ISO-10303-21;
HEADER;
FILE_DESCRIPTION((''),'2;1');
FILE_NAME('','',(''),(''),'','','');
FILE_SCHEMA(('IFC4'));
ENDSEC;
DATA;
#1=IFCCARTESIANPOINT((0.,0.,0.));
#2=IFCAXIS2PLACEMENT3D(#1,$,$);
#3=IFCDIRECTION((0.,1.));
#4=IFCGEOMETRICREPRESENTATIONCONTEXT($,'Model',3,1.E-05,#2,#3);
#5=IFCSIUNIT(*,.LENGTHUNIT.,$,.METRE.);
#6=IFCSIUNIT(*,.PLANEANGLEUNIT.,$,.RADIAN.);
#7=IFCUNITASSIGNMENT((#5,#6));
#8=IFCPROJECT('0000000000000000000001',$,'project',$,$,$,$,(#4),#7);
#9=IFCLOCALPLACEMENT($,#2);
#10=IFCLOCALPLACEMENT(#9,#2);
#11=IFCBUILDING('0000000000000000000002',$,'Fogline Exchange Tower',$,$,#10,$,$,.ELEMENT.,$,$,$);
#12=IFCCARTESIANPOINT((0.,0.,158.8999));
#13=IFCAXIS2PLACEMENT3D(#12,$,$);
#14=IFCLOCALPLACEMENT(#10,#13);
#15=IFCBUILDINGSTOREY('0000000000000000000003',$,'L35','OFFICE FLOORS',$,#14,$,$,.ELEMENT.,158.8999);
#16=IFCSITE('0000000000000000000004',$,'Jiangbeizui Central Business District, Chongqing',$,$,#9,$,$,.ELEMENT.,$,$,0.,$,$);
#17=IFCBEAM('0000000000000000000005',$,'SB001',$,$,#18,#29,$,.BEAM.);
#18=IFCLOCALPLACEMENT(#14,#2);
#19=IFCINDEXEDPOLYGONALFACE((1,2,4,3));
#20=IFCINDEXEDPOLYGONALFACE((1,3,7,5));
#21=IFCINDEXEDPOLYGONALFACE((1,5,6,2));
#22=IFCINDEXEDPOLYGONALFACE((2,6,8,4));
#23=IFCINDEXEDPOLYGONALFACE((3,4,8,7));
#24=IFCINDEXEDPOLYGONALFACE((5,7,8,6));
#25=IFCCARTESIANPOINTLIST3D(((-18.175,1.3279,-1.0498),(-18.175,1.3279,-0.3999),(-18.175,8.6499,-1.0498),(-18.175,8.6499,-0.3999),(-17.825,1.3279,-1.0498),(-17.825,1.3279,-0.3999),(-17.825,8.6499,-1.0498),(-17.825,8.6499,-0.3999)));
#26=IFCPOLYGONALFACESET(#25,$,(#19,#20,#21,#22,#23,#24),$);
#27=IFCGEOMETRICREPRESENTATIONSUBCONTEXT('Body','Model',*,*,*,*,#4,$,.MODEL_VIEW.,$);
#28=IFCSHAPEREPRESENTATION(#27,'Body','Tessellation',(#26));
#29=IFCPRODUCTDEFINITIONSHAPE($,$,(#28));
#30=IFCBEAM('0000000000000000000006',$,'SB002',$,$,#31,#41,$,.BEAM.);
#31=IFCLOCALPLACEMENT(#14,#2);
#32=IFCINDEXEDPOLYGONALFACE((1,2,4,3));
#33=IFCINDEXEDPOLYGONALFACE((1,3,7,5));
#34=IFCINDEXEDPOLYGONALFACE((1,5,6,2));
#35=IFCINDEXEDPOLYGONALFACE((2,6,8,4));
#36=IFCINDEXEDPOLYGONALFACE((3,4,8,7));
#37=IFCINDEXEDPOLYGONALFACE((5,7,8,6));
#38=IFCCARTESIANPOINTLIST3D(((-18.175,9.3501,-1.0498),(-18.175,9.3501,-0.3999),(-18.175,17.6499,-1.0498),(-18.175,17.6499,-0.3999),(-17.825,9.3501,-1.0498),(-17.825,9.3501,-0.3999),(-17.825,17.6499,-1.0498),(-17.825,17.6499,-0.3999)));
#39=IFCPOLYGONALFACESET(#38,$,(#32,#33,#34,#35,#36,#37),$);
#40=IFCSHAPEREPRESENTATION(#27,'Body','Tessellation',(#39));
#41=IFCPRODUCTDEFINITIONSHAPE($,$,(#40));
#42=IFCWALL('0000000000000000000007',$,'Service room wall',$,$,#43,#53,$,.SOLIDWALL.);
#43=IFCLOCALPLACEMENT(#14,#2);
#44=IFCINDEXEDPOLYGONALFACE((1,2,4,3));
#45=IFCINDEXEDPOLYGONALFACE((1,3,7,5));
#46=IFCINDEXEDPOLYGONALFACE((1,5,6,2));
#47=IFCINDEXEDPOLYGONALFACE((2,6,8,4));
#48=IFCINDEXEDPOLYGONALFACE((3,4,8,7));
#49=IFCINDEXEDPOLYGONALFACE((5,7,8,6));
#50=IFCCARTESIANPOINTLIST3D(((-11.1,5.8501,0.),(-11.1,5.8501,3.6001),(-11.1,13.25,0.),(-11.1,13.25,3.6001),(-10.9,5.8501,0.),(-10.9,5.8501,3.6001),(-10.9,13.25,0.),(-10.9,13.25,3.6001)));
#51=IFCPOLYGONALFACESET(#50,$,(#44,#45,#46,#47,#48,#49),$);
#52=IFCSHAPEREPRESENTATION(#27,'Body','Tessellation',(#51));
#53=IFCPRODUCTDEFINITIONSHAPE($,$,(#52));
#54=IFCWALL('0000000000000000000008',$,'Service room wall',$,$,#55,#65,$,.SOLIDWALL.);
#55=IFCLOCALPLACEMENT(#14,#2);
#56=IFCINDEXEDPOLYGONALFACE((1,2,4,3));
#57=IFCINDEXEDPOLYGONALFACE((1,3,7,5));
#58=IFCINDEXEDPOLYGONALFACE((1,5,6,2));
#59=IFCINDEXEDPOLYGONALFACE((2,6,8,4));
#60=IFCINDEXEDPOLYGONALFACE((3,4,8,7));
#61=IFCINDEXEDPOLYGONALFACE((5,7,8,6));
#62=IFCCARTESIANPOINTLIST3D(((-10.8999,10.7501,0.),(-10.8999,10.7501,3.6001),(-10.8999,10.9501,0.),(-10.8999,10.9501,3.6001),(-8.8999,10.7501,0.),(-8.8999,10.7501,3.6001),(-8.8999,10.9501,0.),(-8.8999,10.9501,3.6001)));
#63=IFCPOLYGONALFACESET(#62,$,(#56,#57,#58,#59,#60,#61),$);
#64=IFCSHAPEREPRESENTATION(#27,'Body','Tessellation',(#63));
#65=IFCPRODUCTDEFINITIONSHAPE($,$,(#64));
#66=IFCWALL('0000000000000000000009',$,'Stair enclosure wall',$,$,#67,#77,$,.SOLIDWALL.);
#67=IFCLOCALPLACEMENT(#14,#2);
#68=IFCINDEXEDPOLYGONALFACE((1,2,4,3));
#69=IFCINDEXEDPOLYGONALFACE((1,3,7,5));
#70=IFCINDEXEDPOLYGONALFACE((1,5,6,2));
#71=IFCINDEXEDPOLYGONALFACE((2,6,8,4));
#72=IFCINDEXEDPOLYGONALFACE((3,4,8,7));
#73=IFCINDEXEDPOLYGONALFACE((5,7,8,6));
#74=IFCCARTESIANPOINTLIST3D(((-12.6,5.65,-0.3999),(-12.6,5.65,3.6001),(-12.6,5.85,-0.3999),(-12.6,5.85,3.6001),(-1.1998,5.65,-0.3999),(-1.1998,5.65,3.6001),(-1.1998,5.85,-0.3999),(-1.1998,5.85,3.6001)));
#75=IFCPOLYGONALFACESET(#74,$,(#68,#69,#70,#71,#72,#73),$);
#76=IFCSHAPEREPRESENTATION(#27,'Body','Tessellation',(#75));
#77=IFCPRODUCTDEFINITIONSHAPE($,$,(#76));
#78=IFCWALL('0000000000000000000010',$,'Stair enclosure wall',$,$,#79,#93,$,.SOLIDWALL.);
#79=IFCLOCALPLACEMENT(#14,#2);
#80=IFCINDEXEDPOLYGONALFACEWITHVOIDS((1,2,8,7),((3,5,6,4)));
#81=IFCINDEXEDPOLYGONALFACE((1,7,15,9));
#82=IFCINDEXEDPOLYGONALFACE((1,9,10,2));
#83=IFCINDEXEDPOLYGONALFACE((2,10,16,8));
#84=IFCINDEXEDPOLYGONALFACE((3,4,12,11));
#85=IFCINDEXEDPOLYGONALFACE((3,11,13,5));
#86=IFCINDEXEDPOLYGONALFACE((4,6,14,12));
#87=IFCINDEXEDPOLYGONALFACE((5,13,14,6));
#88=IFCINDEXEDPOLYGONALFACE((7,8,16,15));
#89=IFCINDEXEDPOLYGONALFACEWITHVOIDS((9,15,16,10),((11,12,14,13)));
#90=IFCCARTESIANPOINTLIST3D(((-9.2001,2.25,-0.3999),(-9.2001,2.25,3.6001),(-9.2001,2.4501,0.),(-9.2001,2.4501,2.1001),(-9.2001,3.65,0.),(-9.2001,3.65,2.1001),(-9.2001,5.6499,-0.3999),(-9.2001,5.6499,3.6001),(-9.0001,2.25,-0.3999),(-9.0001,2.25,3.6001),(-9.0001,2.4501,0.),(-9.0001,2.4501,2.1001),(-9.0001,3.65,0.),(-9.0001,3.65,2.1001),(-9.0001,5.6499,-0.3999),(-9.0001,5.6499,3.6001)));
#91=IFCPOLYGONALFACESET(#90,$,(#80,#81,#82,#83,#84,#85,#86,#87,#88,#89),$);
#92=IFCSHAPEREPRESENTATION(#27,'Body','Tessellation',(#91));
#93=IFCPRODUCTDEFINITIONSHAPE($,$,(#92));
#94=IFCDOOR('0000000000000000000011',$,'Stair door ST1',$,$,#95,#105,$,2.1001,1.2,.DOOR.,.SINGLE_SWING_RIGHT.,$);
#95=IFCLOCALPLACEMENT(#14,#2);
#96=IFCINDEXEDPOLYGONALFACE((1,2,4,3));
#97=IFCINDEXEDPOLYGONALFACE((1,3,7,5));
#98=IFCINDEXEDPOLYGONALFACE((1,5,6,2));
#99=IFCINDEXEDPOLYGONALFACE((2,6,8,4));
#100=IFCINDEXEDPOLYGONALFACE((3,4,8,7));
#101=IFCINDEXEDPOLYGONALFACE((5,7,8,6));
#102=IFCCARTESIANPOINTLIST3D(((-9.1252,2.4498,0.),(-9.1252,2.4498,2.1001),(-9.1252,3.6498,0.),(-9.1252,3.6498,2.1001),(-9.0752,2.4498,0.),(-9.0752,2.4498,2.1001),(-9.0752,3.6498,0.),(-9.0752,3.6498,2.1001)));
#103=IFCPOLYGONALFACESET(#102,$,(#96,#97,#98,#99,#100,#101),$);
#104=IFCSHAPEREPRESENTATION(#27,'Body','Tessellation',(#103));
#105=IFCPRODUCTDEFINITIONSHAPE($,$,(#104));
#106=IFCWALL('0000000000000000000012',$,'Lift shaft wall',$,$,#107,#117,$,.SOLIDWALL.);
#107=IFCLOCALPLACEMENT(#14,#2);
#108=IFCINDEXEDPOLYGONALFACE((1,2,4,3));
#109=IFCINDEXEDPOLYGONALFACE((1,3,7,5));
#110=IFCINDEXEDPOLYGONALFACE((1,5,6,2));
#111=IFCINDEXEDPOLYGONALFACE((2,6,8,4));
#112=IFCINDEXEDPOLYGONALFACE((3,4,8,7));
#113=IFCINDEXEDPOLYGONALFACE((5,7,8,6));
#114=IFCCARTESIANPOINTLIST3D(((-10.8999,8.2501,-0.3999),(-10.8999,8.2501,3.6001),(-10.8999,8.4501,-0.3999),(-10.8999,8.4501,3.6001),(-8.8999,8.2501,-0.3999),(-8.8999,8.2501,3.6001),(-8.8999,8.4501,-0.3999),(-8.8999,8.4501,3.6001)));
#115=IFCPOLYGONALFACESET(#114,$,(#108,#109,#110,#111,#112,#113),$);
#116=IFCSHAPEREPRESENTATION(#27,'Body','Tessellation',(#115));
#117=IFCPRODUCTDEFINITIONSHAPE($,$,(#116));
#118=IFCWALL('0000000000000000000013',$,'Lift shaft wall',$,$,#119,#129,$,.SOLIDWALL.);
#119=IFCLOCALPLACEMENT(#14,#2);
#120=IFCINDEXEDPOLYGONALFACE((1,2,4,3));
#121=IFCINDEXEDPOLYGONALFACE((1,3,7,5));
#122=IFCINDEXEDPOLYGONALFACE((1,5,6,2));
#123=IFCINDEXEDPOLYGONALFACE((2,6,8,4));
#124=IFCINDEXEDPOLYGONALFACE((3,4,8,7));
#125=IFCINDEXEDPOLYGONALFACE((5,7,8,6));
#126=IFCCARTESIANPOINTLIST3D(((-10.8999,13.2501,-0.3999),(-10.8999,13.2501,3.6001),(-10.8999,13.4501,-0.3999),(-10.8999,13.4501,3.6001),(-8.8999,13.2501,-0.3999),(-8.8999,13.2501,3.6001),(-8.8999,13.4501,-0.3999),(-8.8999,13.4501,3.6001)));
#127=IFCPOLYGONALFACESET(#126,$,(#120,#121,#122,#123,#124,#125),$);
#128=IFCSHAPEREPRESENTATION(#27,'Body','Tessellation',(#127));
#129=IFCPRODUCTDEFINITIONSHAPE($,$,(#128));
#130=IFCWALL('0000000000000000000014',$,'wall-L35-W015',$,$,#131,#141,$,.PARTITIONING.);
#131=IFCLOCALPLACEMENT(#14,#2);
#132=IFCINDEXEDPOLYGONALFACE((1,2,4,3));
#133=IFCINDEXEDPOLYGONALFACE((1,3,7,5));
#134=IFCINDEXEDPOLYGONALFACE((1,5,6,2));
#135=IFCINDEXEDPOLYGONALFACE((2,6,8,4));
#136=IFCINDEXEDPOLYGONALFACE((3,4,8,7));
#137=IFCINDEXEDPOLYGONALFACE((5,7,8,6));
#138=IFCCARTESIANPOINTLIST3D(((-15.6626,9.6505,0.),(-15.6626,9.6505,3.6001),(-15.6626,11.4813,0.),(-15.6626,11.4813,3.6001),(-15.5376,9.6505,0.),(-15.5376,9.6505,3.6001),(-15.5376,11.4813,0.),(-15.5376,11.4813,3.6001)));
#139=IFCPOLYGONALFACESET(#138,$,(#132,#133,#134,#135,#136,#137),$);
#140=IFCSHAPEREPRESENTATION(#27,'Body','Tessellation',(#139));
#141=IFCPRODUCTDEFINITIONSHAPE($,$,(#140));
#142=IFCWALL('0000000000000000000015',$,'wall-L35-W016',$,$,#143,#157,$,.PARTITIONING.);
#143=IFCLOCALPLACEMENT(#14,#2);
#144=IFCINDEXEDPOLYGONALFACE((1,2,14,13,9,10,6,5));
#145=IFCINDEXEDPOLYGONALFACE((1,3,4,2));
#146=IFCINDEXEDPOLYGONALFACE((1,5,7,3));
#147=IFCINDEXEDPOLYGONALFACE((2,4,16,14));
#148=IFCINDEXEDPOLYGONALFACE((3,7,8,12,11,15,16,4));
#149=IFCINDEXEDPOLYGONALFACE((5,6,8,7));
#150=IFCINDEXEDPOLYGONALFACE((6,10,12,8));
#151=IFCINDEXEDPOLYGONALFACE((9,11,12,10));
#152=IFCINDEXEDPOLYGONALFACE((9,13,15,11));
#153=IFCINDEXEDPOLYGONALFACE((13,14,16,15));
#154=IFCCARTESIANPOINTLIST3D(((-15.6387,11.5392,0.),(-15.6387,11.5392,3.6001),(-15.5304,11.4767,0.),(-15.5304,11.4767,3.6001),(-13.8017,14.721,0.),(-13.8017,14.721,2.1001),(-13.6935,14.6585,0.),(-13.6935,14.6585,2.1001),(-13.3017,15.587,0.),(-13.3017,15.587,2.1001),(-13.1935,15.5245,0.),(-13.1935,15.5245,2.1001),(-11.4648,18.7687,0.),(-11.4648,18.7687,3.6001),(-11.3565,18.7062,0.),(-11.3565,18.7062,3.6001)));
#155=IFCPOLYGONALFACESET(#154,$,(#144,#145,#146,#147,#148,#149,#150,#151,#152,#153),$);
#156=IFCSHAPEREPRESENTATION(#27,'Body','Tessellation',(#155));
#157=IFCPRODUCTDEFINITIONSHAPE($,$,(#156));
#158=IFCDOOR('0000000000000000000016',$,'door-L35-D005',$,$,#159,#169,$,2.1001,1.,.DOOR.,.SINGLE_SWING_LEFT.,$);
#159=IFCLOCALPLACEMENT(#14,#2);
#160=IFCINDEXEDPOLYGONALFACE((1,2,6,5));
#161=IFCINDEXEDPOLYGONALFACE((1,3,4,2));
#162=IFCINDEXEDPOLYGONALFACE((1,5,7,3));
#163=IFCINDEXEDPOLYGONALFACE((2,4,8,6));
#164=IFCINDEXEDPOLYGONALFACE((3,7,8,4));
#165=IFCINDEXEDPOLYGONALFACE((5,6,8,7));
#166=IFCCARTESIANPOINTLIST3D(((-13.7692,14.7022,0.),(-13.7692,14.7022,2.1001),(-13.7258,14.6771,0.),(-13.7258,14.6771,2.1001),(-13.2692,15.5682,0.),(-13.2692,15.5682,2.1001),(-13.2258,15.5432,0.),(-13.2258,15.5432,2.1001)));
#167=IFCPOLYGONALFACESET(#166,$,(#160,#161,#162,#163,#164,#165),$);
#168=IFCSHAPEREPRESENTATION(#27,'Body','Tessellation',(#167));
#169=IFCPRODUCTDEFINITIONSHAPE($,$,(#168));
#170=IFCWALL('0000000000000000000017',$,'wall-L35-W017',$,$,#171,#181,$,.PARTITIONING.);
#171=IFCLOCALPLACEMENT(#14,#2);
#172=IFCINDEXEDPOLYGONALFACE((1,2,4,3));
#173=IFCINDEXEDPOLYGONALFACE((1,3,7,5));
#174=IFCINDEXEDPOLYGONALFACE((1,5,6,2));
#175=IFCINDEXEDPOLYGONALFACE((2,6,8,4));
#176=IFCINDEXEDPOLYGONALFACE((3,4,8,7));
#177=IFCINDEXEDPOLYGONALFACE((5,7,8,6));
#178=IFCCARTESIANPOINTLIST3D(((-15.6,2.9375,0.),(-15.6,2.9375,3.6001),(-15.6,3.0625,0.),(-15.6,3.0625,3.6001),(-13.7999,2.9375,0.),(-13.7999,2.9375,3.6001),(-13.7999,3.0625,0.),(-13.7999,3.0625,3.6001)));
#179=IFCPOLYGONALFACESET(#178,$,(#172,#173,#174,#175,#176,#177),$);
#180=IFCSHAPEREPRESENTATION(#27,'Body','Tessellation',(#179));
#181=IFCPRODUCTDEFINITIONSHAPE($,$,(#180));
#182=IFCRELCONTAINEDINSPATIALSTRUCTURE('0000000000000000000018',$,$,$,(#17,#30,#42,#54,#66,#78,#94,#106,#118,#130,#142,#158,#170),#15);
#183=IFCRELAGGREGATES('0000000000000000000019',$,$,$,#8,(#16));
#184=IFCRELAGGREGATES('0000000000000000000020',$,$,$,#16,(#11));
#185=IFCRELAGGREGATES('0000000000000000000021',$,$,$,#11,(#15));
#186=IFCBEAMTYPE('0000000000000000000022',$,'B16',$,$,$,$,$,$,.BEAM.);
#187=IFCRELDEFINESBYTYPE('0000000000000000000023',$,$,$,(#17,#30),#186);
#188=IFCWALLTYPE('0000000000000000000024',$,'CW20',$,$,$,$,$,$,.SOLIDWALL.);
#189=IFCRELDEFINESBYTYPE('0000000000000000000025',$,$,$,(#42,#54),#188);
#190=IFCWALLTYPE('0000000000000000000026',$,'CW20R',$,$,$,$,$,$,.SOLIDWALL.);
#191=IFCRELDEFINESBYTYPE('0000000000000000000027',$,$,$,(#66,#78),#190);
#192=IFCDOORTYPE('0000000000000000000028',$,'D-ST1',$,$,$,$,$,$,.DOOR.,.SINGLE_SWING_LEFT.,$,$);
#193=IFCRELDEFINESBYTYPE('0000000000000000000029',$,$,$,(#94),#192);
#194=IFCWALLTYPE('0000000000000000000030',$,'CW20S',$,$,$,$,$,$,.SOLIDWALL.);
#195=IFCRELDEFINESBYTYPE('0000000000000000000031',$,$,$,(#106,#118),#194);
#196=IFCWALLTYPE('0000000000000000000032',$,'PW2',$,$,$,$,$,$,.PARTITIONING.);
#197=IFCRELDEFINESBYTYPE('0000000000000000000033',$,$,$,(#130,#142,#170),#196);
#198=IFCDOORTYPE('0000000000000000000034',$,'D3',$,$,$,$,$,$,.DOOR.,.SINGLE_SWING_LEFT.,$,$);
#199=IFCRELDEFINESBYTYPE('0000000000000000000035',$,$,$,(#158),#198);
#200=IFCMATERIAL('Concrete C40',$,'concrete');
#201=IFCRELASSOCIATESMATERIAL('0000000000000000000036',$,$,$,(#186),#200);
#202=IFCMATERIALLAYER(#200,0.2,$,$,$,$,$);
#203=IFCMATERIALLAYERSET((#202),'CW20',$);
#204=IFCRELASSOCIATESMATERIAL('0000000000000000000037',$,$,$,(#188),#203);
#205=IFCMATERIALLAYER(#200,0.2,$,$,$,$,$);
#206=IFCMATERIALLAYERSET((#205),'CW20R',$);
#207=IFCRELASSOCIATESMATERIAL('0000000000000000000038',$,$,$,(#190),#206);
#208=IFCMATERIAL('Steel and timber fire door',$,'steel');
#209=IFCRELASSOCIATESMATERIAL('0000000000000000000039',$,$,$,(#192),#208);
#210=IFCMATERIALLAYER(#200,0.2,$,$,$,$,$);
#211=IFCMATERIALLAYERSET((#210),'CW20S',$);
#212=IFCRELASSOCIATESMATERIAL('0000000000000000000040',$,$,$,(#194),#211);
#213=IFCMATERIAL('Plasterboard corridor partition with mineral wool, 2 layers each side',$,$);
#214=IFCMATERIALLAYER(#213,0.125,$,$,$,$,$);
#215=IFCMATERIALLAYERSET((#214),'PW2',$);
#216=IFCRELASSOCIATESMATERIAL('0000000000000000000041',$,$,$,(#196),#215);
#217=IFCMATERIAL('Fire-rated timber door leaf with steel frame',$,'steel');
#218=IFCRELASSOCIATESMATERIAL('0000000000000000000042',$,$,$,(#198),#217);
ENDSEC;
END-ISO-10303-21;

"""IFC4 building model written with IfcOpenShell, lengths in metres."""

from ifc_helpers import new_model, si_unit, direction, frame, frame_2d, origin, origin_2d, place, context, subcontext, project, spatial, rectangle, extrude, material, layer, layer_set, material_profile, profile_set, type_object, element, fill, save


model = new_model("IFC4")

# Units and contexts
model_context = context("Model", 3, precision=1e-05, world=origin(), true_north=direction((0.0, 1.0)))
body_context = subcontext(model_context, "Body", "Model", "MODEL_VIEW")
ifc_project = project(units=[si_unit("LENGTHUNIT", "METRE"), si_unit("PLANEANGLEUNIT", "RADIAN")], contexts=[model_context])

# Site, building, storey
site_placement = place(None, origin())
site = spatial("IfcSite", under=ifc_project, at=site_placement, Name="Jiangbeizui Central Business District, Chongqing", CompositionType="ELEMENT", RefElevation=0.0)
building_placement = place(site_placement, origin())
building = spatial("IfcBuilding", under=site, at=building_placement, Name="Fogline Exchange Tower", CompositionType="ELEMENT")
storey_placement = place(building_placement, frame((0.0, 0.0, 158.8999)))
storey = spatial("IfcBuildingStorey", under=building, at=storey_placement, Name="L35", Description="OFFICE FLOORS", CompositionType="ELEMENT", Elevation=158.8999)

# Beams
ifc_material_1 = material(Name="Concrete C40", Category="concrete")
ifc_material_profile = material_profile(ifc_material_1, rectangle(XDim=0.3501, YDim=0.6499, at=origin_2d()), Name="RC 350x650")
ifc_profile_set = profile_set([ifc_material_profile], Name="Concrete C40")
beam_type = type_object("IfcBeamType", Name="B16", PredefinedType="BEAM", material=ifc_profile_set)
beam_1_placement = place(storey_placement, frame((-18.0, 1.3279, -0.7249), z_axis=(0.0, 1.0, 0.0), x_axis=(-1.0, 0.0, 0.0)))
element("IfcBeam", 1, at=beam_1_placement, inside=storey, type_object=beam_type, Name="SB001", PredefinedType="BEAM", context=body_context, shape_type="SweptSolid", body=[
    extrude(rectangle(XDim=0.3501, YDim=0.6499, at=origin_2d()), origin(), (0.0, 0.0, 1.0), 7.322),
])
beam_2_placement = place(storey_placement, frame((-18.0, 9.3501, -0.7249), z_axis=(0.0, 1.0, 0.0), x_axis=(-1.0, 0.0, 0.0)))
element("IfcBeam", 2, at=beam_2_placement, inside=storey, type_object=beam_type, Name="SB002", PredefinedType="BEAM", context=body_context, shape_type="SweptSolid", body=[
    extrude(rectangle(XDim=0.3501, YDim=0.6499, at=origin_2d()), origin(), (0.0, 0.0, 1.0), 8.2998),
])

# Walls
ifc_layer_1 = layer(ifc_material_1, 0.2)
ifc_layer_set_1 = layer_set([ifc_layer_1], Name="CW20")
wall_type_1 = type_object("IfcWallType", Name="CW20", PredefinedType="SOLIDWALL", material=ifc_layer_set_1)
wall_1_placement = place(storey_placement, frame((-11.0, 5.8501, 0.0), z_axis=(0.0, 0.0, 1.0), x_axis=(0.0, 1.0, 0.0)))
element("IfcWall", 3, at=wall_1_placement, inside=storey, type_object=wall_type_1, Name="Service room wall", PredefinedType="SOLIDWALL", context=body_context, shape_type="SweptSolid", body=[
    extrude(rectangle(XDim=7.3999, YDim=0.2, at=frame_2d((3.7, 0.0))), origin(), (0.0, 0.0, 1.0), 3.6001),
])
wall_2_placement = place(storey_placement, frame((-10.8999, 10.8501, 0.0), z_axis=(0.0, 0.0, 1.0), x_axis=(1.0, 0.0, 0.0)))
element("IfcWall", 4, at=wall_2_placement, inside=storey, type_object=wall_type_1, Name="Service room wall", PredefinedType="SOLIDWALL", context=body_context, shape_type="SweptSolid", body=[
    extrude(rectangle(XDim=2.0, YDim=0.2, at=frame_2d((1.0, 0.0))), origin(), (0.0, 0.0, 1.0), 3.6001),
])
ifc_layer_2 = layer(ifc_material_1, 0.2)
ifc_layer_set_2 = layer_set([ifc_layer_2], Name="CW20R")
wall_type_2 = type_object("IfcWallType", Name="CW20R", PredefinedType="SOLIDWALL", material=ifc_layer_set_2)
wall_3_placement = place(storey_placement, frame((-12.6001, 5.75, -0.3999), z_axis=(0.0, 0.0, 1.0), x_axis=(1.0, 0.0, 0.0)))
element("IfcWall", 5, at=wall_3_placement, inside=storey, type_object=wall_type_2, Name="Stair enclosure wall", PredefinedType="SOLIDWALL", context=body_context, shape_type="SweptSolid", body=[
    extrude(rectangle(XDim=11.4001, YDim=0.2, at=frame_2d((5.7002, 0.0))), origin(), (0.0, 0.0, 1.0), 4.0),
])

# Wall, opening, door
wall_4_placement = place(storey_placement, frame((-9.1001, 2.25, -0.3999), z_axis=(0.0, 0.0, 1.0), x_axis=(0.0, 1.0, 0.0)))
wall_4 = element("IfcWall", 6, at=wall_4_placement, inside=storey, type_object=wall_type_2, Name="Stair enclosure wall", PredefinedType="SOLIDWALL", context=body_context, shape_type="SweptSolid", body=[
    extrude(rectangle(XDim=3.3999, YDim=0.2, at=frame_2d((1.7, 0.0))), origin(), (0.0, 0.0, 1.0), 4.0),
])
opening_1_placement = place(wall_4_placement, frame((0.2, 0.0, 0.3999)))
opening_1 = element("IfcOpeningElement", 7, at=opening_1_placement, cuts=wall_4, PredefinedType="OPENING", context=body_context, shape_type="SweptSolid", body=[
    extrude(rectangle(XDim=1.2, YDim=2.1001, at=frame_2d((0.6001, 1.05))), frame((0.0, 0.1099, 0.0), z_axis=(0.0, -1.0, 0.0), x_axis=(1.0, 0.0, 0.0)), (0.0, 0.0, 1.0), 0.22),
])
ifc_material_2 = material(Name="Steel and timber fire door", Category="steel")
door_type_1 = type_object("IfcDoorType", Name="D-ST1", OperationType="SINGLE_SWING_LEFT", PredefinedType="DOOR", material=ifc_material_2)
door_1_placement = place(opening_1_placement, frame((1.2, 0.0, 0.0), z_axis=(0.0, 0.0, 1.0), x_axis=(-1.0, 0.0, 0.0)))
door_1 = element("IfcDoor", 8, at=door_1_placement, inside=storey, type_object=door_type_1, Name="Stair door ST1", OperationType="SINGLE_SWING_RIGHT", OverallHeight=2.1001, OverallWidth=1.2, PredefinedType="DOOR", context=body_context, shape_type="SweptSolid", body=[
    extrude(rectangle(XDim=1.2, YDim=2.1001, at=frame_2d((0.6001, 1.05))), frame((0.0, 0.0249, 0.0), z_axis=(0.0, -1.0, 0.0), x_axis=(1.0, 0.0, 0.0)), (0.0, 0.0, 1.0), 0.05),
])
fill(opening_1, door_1)

# Walls
ifc_layer_3 = layer(ifc_material_1, 0.2)
ifc_layer_set_3 = layer_set([ifc_layer_3], Name="CW20S")
wall_type_3 = type_object("IfcWallType", Name="CW20S", PredefinedType="SOLIDWALL", material=ifc_layer_set_3)
for number, where, z_axis, x_axis, name in (
    (9, (-10.8999, 8.3501, -0.3999), (0.0, 0.0, 1.0), (1.0, 0.0, 0.0), "Lift shaft wall"),
    (10, (-10.8999, 13.3501, -0.3999), (0.0, 0.0, 1.0), (1.0, 0.0, 0.0), "Lift shaft wall"),
):
    element("IfcWall", number, at=place(storey_placement, frame(where, z_axis=z_axis, x_axis=x_axis)), inside=storey, type_object=wall_type_3, Name=name, PredefinedType="SOLIDWALL", context=body_context, shape_type="SweptSolid", body=[
        extrude(rectangle(XDim=2.0, YDim=0.2, at=frame_2d((1.0, 0.0))), origin(), (0.0, 0.0, 1.0), 4.0),
    ])
ifc_material_3 = material(Name="Plasterboard corridor partition with mineral wool, 2 layers each side")
ifc_layer_4 = layer(ifc_material_3, 0.125)
ifc_layer_set_4 = layer_set([ifc_layer_4], Name="PW2")
wall_type_4 = type_object("IfcWallType", Name="PW2", PredefinedType="PARTITIONING", material=ifc_layer_set_4)
wall_5_placement = place(storey_placement, frame((-15.6001, 9.6504, 0.0), z_axis=(0.0, 0.0, 1.0), x_axis=(0.0, 1.0, 0.0)))
element("IfcWall", 11, at=wall_5_placement, inside=storey, type_object=wall_type_4, Name="wall-L35-W015", PredefinedType="PARTITIONING", context=body_context, shape_type="SweptSolid", body=[
    extrude(rectangle(XDim=1.8308, YDim=0.125, at=frame_2d((0.9155, 0.0))), origin(), (0.0, 0.0, 1.0), 3.6001),
])

# Wall, opening, door
wall_6_placement = place(storey_placement, frame((-15.5845, 11.5081, 0.0), z_axis=(0.0, 0.0, 1.0), x_axis=(0.499989, 0.866032, 0.0)))
wall_6 = element("IfcWall", 12, at=wall_6_placement, inside=storey, type_object=wall_type_4, Name="wall-L35-W016", PredefinedType="PARTITIONING", context=body_context, shape_type="SweptSolid", body=[
    extrude(rectangle(XDim=8.3479, YDim=0.125, at=frame_2d((4.1738, 0.0))), origin(), (0.0, 0.0, 1.0), 3.6001),
])
opening_2_placement = place(wall_6_placement, frame((3.6738, 0.0, 0.0)))
opening_2 = element("IfcOpeningElement", 13, at=opening_2_placement, cuts=wall_6, PredefinedType="OPENING", context=body_context, shape_type="SweptSolid", body=[
    extrude(rectangle(XDim=1.0, YDim=2.1001, at=frame_2d((0.5, 1.05))), frame((0.0, 0.0725, 0.0), z_axis=(0.0, -1.0, 0.0), x_axis=(1.0, 0.0, 0.0)), (0.0, 0.0, 1.0), 0.145),
])
ifc_material_4 = material(Name="Fire-rated timber door leaf with steel frame", Category="steel")
door_type_2 = type_object("IfcDoorType", Name="D3", OperationType="SINGLE_SWING_LEFT", PredefinedType="DOOR", material=ifc_material_4)
door_2_placement = place(opening_2_placement, origin())
door_2 = element("IfcDoor", 14, at=door_2_placement, inside=storey, type_object=door_type_2, Name="door-L35-D005", OperationType="SINGLE_SWING_LEFT", OverallHeight=2.1001, OverallWidth=1.0, PredefinedType="DOOR", context=body_context, shape_type="SweptSolid", body=[
    extrude(rectangle(XDim=1.0, YDim=2.1001, at=frame_2d((0.5, 1.05))), frame((0.0, 0.0249, 0.0), z_axis=(0.0, -1.0, 0.0), x_axis=(1.0, 0.0, 0.0)), (0.0, 0.0, 1.0), 0.05),
])
fill(opening_2, door_2)

# Wall
wall_7_placement = place(storey_placement, frame((-13.8, 3.0, 0.0), z_axis=(0.0, 0.0, 1.0), x_axis=(-1.0, 0.0, 0.0)))
element("IfcWall", 15, at=wall_7_placement, inside=storey, type_object=wall_type_4, Name="wall-L35-W017", PredefinedType="PARTITIONING", context=body_context, shape_type="SweptSolid", body=[
    extrude(rectangle(XDim=1.8, YDim=0.125, at=frame_2d((0.8999, 0.0))), origin(), (0.0, 0.0, 1.0), 3.6001),
])

save(model, "model.ifc")
